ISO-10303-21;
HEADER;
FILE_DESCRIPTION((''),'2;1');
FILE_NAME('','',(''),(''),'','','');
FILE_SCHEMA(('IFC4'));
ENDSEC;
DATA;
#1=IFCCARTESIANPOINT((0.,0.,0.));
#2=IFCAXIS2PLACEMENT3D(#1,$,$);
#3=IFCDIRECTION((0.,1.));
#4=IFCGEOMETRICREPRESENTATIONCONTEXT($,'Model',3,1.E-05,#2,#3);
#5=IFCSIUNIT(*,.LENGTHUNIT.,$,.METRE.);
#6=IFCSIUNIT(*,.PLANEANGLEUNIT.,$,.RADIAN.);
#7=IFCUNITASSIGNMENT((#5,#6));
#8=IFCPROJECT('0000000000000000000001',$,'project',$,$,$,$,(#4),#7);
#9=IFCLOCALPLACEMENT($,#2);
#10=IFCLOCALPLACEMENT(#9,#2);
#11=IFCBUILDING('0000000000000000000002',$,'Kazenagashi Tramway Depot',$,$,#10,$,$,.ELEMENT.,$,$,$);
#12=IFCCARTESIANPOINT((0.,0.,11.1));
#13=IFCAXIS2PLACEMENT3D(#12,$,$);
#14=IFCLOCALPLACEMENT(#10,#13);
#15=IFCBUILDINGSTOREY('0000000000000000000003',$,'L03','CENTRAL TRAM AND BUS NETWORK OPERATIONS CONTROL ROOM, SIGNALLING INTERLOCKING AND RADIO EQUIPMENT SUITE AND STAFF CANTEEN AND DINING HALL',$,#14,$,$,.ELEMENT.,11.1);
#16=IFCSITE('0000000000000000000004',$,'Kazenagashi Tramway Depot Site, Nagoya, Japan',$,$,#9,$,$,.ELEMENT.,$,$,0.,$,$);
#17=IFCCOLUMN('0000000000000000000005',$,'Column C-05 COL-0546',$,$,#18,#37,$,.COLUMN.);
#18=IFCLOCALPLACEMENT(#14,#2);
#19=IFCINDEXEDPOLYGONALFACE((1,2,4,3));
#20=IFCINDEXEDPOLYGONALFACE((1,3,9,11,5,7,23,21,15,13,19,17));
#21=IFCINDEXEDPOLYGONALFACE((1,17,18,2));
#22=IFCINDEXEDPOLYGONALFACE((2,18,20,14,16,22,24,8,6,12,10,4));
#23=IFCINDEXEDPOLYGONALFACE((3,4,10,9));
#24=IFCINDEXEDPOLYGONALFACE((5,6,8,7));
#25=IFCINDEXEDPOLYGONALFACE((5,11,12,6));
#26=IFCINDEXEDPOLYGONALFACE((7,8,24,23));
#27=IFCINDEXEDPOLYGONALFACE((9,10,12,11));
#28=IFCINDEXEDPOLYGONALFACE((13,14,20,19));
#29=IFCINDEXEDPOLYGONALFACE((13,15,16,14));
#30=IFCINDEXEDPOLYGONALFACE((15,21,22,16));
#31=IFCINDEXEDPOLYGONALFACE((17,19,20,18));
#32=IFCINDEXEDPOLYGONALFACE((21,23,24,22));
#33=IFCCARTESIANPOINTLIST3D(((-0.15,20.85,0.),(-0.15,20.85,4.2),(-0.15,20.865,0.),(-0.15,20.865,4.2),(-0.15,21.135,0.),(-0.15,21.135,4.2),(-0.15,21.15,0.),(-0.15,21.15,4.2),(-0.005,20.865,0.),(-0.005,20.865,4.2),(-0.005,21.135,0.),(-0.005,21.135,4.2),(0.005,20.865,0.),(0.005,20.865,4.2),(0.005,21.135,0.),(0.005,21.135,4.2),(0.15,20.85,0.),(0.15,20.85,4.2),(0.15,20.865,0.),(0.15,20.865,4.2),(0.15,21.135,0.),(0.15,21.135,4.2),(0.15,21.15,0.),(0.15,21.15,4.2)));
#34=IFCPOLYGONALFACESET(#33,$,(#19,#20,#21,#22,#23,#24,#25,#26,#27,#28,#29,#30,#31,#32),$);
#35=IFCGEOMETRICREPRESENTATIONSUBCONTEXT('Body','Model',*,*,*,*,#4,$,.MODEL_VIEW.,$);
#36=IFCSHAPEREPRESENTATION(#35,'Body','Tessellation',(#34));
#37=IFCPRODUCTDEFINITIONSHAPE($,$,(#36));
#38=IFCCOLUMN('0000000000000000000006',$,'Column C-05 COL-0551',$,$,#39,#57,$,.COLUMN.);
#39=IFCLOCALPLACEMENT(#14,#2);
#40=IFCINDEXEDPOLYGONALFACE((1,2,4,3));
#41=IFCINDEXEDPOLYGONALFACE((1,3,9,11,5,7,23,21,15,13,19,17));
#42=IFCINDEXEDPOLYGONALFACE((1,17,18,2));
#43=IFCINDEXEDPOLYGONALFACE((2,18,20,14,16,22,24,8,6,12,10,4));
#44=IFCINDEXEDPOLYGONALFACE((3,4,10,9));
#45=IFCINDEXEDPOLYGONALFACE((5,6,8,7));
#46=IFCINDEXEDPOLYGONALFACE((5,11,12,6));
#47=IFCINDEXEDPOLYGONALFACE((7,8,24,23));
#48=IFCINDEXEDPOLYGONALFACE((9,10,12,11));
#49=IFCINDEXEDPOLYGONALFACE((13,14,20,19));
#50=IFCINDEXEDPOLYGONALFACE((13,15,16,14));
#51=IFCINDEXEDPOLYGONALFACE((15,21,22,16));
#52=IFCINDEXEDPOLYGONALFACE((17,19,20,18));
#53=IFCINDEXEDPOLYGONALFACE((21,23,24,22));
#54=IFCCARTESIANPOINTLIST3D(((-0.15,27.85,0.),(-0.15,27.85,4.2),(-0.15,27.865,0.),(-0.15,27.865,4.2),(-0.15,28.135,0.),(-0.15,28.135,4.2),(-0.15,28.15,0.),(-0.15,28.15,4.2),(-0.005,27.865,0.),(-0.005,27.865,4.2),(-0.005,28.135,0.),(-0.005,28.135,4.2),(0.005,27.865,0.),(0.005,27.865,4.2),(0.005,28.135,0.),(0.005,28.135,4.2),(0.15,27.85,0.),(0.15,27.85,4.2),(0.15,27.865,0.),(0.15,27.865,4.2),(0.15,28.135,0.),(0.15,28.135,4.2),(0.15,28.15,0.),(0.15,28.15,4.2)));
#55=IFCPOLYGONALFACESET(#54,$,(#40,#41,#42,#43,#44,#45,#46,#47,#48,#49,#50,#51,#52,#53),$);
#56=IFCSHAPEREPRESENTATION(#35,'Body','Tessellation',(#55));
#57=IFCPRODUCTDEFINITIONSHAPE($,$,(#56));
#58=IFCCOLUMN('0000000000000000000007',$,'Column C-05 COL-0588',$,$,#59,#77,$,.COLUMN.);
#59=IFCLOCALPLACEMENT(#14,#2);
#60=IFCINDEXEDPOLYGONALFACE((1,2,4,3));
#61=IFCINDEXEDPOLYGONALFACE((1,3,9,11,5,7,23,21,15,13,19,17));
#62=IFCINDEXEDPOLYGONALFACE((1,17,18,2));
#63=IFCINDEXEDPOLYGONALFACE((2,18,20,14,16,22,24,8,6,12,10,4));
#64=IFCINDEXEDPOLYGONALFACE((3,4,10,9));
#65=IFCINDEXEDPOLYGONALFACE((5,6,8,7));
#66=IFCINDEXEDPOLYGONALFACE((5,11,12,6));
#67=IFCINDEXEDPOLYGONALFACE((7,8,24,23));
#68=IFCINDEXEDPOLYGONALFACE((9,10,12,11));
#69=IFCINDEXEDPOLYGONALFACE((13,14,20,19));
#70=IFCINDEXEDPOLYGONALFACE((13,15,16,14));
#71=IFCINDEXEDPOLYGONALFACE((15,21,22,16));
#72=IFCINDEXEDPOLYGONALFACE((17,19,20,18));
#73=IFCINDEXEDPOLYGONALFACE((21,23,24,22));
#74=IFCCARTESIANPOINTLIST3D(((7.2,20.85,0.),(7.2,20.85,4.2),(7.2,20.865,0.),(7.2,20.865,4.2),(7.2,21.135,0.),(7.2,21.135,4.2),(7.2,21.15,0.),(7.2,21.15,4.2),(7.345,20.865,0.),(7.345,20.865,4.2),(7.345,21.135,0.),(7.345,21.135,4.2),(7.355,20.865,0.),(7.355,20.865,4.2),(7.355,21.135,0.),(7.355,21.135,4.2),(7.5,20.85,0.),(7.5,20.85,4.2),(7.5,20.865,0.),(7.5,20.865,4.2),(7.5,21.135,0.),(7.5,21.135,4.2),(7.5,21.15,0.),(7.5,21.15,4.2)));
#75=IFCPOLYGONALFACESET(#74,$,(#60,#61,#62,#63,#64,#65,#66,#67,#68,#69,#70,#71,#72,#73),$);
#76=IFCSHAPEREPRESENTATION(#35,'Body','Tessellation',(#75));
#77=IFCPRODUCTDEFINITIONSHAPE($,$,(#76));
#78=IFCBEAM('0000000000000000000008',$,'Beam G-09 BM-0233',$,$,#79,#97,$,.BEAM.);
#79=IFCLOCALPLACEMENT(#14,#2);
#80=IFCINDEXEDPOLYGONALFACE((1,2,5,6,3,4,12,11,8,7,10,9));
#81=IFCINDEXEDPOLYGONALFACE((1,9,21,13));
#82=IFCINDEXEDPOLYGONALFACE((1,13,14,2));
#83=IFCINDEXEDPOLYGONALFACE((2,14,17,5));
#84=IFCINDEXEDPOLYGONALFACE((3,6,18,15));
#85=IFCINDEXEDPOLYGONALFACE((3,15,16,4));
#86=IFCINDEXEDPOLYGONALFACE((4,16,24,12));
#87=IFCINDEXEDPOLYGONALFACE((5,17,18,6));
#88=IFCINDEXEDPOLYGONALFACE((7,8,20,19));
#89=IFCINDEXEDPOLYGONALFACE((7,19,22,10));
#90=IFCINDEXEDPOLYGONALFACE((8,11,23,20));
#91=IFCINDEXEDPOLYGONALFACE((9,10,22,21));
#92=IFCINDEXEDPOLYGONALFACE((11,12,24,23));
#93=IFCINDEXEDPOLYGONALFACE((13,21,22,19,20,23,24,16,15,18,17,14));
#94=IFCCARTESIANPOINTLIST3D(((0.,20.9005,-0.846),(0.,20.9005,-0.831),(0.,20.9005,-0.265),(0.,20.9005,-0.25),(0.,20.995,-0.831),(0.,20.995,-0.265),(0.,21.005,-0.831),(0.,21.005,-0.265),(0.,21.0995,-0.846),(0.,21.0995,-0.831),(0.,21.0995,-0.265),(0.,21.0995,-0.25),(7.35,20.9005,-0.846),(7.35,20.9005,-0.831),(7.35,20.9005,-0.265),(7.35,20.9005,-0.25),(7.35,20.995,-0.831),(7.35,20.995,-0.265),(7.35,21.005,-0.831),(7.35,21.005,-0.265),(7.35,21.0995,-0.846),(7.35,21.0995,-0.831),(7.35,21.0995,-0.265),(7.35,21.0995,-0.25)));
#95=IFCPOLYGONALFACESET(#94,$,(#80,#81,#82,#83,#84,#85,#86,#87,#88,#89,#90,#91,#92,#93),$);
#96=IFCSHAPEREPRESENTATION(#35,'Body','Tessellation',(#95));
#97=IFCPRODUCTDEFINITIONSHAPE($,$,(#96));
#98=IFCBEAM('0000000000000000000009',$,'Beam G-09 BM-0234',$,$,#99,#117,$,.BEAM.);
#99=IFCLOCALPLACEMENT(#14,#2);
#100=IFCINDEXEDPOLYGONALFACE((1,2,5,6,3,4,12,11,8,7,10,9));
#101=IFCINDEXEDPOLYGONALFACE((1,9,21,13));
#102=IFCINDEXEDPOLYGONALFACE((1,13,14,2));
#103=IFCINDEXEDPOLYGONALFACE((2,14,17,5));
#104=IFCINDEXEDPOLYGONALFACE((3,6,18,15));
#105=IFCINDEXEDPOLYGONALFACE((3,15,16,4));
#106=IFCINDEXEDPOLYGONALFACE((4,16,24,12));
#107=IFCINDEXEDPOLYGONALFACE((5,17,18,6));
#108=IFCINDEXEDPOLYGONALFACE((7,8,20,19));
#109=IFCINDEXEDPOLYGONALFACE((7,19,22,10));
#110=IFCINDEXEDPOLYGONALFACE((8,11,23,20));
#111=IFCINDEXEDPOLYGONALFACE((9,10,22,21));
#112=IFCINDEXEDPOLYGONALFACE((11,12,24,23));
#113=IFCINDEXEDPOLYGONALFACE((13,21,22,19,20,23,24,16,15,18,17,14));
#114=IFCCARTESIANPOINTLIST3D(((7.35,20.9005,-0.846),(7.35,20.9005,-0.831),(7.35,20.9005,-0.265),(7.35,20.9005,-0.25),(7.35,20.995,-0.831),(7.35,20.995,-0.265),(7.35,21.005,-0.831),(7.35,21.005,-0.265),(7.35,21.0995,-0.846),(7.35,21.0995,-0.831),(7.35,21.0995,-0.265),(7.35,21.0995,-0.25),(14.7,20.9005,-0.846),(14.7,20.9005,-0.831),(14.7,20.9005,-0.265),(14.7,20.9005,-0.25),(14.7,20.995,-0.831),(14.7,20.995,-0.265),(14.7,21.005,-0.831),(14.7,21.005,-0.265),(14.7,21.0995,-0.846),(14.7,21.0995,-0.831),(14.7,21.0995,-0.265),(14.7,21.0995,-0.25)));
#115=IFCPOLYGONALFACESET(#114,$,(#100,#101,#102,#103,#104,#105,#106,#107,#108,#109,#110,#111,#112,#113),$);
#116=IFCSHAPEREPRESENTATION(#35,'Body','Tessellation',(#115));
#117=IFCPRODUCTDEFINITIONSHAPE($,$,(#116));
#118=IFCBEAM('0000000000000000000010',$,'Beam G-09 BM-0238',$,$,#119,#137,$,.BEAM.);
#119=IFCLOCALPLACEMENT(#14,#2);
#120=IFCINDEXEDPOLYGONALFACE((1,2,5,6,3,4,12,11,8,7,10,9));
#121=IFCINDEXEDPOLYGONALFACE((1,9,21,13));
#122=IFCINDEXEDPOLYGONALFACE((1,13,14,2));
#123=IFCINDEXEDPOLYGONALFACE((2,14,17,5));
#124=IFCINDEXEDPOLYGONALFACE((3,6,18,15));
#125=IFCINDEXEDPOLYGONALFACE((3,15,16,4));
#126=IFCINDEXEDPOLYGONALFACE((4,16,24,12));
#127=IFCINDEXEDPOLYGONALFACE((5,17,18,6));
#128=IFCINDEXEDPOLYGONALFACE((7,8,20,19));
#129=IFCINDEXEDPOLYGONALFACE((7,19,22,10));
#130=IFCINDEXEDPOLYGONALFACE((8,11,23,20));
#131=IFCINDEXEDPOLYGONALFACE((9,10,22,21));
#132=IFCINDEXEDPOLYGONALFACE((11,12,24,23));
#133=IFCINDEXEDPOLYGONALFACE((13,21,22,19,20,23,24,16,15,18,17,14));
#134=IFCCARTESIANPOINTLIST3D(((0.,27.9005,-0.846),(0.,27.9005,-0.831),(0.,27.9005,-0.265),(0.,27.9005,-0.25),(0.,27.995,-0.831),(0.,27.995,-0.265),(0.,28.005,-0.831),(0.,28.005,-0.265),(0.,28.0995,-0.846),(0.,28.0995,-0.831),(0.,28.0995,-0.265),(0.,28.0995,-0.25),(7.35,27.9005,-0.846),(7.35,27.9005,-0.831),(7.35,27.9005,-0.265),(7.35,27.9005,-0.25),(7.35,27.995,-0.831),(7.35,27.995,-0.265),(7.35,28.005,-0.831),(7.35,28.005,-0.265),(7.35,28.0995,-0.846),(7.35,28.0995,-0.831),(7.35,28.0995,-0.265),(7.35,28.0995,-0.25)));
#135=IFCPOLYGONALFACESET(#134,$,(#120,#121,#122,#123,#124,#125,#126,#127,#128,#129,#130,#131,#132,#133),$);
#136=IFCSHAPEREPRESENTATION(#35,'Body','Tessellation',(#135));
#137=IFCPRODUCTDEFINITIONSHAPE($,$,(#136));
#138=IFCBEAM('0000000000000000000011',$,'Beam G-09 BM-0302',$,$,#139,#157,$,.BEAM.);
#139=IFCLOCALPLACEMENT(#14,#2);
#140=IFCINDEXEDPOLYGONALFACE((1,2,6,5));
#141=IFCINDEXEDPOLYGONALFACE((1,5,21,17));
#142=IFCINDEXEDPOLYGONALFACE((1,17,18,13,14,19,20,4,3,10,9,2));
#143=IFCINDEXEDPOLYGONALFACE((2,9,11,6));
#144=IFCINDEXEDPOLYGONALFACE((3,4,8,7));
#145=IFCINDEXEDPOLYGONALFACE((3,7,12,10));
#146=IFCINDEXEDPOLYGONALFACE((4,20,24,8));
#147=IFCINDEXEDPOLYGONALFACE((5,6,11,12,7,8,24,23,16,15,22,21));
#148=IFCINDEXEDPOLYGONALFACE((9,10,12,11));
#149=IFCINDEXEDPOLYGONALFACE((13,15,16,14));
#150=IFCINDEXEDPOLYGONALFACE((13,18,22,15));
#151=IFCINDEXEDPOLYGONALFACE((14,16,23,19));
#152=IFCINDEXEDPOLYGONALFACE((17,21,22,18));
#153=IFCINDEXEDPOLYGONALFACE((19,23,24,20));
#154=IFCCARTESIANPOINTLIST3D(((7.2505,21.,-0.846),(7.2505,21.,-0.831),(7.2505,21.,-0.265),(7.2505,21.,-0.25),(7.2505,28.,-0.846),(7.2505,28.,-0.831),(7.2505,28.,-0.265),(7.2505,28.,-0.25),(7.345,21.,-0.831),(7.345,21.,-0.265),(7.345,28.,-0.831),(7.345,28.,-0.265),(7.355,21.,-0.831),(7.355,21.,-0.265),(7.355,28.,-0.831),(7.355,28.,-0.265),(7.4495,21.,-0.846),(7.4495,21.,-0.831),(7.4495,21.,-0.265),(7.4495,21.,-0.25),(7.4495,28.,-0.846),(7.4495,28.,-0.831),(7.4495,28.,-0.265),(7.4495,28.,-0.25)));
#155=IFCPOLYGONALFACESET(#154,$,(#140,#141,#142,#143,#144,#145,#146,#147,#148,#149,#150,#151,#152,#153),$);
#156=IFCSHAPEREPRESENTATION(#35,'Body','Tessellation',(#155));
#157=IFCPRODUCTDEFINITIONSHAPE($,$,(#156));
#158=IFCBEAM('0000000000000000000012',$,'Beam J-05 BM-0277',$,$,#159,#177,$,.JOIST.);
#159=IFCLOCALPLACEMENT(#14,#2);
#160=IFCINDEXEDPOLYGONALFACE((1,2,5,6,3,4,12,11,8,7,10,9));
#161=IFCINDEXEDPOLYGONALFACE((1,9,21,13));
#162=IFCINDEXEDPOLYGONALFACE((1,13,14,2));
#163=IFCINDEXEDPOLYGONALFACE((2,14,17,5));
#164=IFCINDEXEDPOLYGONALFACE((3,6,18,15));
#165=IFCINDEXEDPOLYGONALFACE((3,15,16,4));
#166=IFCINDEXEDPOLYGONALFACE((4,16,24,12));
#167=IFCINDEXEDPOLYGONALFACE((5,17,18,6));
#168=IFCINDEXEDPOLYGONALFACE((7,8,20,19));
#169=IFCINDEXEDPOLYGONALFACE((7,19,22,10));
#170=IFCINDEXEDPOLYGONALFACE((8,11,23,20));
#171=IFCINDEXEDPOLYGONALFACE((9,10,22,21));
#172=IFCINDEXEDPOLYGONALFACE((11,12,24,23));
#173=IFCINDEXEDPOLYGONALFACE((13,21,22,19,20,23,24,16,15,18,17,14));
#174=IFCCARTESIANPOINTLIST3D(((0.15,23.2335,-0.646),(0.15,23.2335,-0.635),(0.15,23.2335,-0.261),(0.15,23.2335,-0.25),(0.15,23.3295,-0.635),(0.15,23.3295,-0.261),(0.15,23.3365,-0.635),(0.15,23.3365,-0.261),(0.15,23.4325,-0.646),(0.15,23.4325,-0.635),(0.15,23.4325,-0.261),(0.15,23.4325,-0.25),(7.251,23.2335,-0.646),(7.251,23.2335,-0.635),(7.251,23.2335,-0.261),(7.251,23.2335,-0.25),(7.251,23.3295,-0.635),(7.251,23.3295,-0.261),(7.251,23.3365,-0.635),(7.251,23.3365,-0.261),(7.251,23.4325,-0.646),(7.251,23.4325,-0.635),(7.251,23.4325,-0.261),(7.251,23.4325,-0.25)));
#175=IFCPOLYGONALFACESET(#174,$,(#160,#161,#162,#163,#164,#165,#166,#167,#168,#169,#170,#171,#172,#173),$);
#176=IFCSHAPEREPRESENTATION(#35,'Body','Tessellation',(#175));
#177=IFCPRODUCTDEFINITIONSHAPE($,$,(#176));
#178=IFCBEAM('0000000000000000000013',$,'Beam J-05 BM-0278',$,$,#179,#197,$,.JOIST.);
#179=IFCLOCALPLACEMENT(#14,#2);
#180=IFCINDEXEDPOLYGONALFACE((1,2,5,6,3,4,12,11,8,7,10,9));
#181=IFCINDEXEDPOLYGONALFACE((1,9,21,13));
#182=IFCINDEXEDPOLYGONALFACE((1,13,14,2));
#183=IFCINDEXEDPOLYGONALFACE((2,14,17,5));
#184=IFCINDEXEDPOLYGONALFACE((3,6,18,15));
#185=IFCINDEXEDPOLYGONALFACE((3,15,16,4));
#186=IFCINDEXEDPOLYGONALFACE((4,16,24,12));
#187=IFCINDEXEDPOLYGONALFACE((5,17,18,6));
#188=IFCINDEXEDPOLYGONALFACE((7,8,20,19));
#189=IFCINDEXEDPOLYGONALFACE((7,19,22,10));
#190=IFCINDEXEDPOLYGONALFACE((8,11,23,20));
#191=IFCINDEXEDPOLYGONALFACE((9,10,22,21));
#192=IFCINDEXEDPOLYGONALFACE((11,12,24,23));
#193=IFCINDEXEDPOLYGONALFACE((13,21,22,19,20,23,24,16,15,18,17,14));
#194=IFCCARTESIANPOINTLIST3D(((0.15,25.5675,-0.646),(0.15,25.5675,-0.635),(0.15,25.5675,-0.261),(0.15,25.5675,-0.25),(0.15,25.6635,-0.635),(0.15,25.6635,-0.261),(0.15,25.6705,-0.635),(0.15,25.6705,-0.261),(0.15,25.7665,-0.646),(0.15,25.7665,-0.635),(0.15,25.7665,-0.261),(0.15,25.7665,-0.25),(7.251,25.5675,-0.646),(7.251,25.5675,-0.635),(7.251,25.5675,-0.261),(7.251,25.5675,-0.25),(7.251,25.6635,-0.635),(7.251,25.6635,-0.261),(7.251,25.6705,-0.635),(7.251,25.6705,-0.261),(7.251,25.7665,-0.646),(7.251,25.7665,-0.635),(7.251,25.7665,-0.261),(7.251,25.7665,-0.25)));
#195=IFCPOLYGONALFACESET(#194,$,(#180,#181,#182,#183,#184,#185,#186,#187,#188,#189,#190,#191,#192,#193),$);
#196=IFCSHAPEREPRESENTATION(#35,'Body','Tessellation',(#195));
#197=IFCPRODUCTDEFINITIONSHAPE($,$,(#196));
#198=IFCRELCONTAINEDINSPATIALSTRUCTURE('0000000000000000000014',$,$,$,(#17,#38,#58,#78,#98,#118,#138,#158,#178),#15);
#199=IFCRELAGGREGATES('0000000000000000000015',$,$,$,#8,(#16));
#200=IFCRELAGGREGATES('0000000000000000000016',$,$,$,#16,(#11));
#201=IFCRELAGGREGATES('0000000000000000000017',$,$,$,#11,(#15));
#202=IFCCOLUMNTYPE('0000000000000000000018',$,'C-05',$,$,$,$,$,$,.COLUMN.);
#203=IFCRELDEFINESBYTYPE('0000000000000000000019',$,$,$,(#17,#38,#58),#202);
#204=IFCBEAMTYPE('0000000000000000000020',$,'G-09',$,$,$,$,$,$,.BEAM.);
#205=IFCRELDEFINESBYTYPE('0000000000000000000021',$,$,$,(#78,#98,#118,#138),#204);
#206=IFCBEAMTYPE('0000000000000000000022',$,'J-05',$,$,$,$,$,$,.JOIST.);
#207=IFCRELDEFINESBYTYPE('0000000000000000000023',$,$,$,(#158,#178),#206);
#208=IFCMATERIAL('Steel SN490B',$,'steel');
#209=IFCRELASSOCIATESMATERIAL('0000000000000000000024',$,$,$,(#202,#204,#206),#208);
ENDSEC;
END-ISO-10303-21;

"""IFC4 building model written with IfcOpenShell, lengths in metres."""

from ifc_helpers import new_model, si_unit, direction, frame, origin, origin_2d, place, context, subcontext, project, spatial, i_section, extrude, material, material_profile, profile_set, type_object, element, save


model = new_model("IFC4")

# Units and contexts
model_context = context("Model", 3, precision=1e-05, world=origin(), true_north=direction((0.0, 1.0)))
body_context = subcontext(model_context, "Body", "Model", "MODEL_VIEW")
ifc_project = project(units=[si_unit("LENGTHUNIT", "METRE"), si_unit("PLANEANGLEUNIT", "RADIAN")], contexts=[model_context])

# Site, building, storey
site_placement = place(None, origin())
site = spatial("IfcSite", under=ifc_project, at=site_placement, Name="Kazenagashi Tramway Depot Site, Nagoya, Japan", CompositionType="ELEMENT", RefElevation=0.0)
building_placement = place(site_placement, origin())
building = spatial("IfcBuilding", under=site, at=building_placement, Name="Kazenagashi Tramway Depot", CompositionType="ELEMENT")
storey_placement = place(building_placement, frame((0.0, 0.0, 11.1)))
storey = spatial("IfcBuildingStorey", under=building, at=storey_placement, Name="L03", Description="CENTRAL TRAM AND BUS NETWORK OPERATIONS CONTROL ROOM, SIGNALLING INTERLOCKING AND RADIO EQUIPMENT SUITE AND STAFF CANTEEN AND DINING HALL", CompositionType="ELEMENT", Elevation=11.1)

# Columns
ifc_material_1 = material(Name="Steel SN490B", Category="steel")
ifc_material_profile_1 = material_profile(ifc_material_1, i_section(OverallWidth=0.3, OverallDepth=0.3, WebThickness=0.01, FlangeThickness=0.015, at=origin_2d()), Name="H-300x300x10x15")
ifc_profile_set_1 = profile_set([ifc_material_profile_1], Name="Steel SN490B")
column_type = type_object("IfcColumnType", Name="C-05", PredefinedType="COLUMN", material=ifc_profile_set_1)
for number, where, z_axis, x_axis, name in (
    (1, (0.0, 21.0, 0.0), (0.0, 0.0, 1.0), (1.0, 0.0, 0.0), "Column C-05 COL-0546"),
    (2, (0.0, 28.0, 0.0), (0.0, 0.0, 1.0), (1.0, 0.0, 0.0), "Column C-05 COL-0551"),
    (3, (7.35, 21.0, 0.0), (0.0, 0.0, 1.0), (1.0, 0.0, 0.0), "Column C-05 COL-0588"),
):
    element("IfcColumn", number, at=place(storey_placement, frame(where, z_axis=z_axis, x_axis=x_axis)), inside=storey, type_object=column_type, Name=name, PredefinedType="COLUMN", context=body_context, shape_type="SweptSolid", body=[
        extrude(i_section(OverallWidth=0.3, OverallDepth=0.3, WebThickness=0.01, FlangeThickness=0.015, at=origin_2d()), origin(), (0.0, 0.0, 1.0), 4.2),
    ])

# Beams
ifc_material_profile_2 = material_profile(ifc_material_1, i_section(OverallWidth=0.199, OverallDepth=0.596, WebThickness=0.01, FlangeThickness=0.015, at=origin_2d()), Name="H-596x199x10x15")
ifc_profile_set_2 = profile_set([ifc_material_profile_2], Name="Steel SN490B")
beam_type_1 = type_object("IfcBeamType", Name="G-09", PredefinedType="BEAM", material=ifc_profile_set_2)
for number, where, z_axis, x_axis, name in (
    (4, (0.0, 21.0, -0.548), (1.0, 0.0, 0.0), (0.0, 1.0, 0.0), "Beam G-09 BM-0233"),
    (5, (7.35, 21.0, -0.548), (1.0, 0.0, 0.0), (0.0, 1.0, 0.0), "Beam G-09 BM-0234"),
    (6, (0.0, 28.0, -0.548), (1.0, 0.0, 0.0), (0.0, 1.0, 0.0), "Beam G-09 BM-0238"),
):
    element("IfcBeam", number, at=place(storey_placement, frame(where, z_axis=z_axis, x_axis=x_axis)), inside=storey, type_object=beam_type_1, Name=name, PredefinedType="BEAM", context=body_context, shape_type="SweptSolid", body=[
        extrude(i_section(OverallWidth=0.199, OverallDepth=0.596, WebThickness=0.01, FlangeThickness=0.015, at=origin_2d()), origin(), (0.0, 0.0, 1.0), 7.35),
    ])
beam_placement = place(storey_placement, frame((7.35, 21.0, -0.548), z_axis=(0.0, 1.0, 0.0), x_axis=(-1.0, 0.0, 0.0)))
element("IfcBeam", 7, at=beam_placement, inside=storey, type_object=beam_type_1, Name="Beam G-09 BM-0302", PredefinedType="BEAM", context=body_context, shape_type="SweptSolid", body=[
    extrude(i_section(OverallWidth=0.199, OverallDepth=0.596, WebThickness=0.01, FlangeThickness=0.015, at=origin_2d()), origin(), (0.0, 0.0, 1.0), 7.0),
])
ifc_material_profile_3 = material_profile(ifc_material_1, i_section(OverallWidth=0.199, OverallDepth=0.396, WebThickness=0.007, FlangeThickness=0.011, at=origin_2d()), Name="H-396x199x7x11")
ifc_profile_set_3 = profile_set([ifc_material_profile_3], Name="Steel SN490B")
beam_type_2 = type_object("IfcBeamType", Name="J-05", PredefinedType="JOIST", material=ifc_profile_set_3)
for number, where, z_axis, x_axis, name in (
    (8, (0.15, 23.333, -0.448), (1.0, 0.0, 0.0), (0.0, 1.0, 0.0), "Beam J-05 BM-0277"),
    (9, (0.15, 25.667, -0.448), (1.0, 0.0, 0.0), (0.0, 1.0, 0.0), "Beam J-05 BM-0278"),
):
    element("IfcBeam", number, at=place(storey_placement, frame(where, z_axis=z_axis, x_axis=x_axis)), inside=storey, type_object=beam_type_2, Name=name, PredefinedType="JOIST", context=body_context, shape_type="SweptSolid", body=[
        extrude(i_section(OverallWidth=0.199, OverallDepth=0.396, WebThickness=0.007, FlangeThickness=0.011, at=origin_2d()), origin(), (0.0, 0.0, 1.0), 7.101),
    ])

save(model, "model.ifc")
